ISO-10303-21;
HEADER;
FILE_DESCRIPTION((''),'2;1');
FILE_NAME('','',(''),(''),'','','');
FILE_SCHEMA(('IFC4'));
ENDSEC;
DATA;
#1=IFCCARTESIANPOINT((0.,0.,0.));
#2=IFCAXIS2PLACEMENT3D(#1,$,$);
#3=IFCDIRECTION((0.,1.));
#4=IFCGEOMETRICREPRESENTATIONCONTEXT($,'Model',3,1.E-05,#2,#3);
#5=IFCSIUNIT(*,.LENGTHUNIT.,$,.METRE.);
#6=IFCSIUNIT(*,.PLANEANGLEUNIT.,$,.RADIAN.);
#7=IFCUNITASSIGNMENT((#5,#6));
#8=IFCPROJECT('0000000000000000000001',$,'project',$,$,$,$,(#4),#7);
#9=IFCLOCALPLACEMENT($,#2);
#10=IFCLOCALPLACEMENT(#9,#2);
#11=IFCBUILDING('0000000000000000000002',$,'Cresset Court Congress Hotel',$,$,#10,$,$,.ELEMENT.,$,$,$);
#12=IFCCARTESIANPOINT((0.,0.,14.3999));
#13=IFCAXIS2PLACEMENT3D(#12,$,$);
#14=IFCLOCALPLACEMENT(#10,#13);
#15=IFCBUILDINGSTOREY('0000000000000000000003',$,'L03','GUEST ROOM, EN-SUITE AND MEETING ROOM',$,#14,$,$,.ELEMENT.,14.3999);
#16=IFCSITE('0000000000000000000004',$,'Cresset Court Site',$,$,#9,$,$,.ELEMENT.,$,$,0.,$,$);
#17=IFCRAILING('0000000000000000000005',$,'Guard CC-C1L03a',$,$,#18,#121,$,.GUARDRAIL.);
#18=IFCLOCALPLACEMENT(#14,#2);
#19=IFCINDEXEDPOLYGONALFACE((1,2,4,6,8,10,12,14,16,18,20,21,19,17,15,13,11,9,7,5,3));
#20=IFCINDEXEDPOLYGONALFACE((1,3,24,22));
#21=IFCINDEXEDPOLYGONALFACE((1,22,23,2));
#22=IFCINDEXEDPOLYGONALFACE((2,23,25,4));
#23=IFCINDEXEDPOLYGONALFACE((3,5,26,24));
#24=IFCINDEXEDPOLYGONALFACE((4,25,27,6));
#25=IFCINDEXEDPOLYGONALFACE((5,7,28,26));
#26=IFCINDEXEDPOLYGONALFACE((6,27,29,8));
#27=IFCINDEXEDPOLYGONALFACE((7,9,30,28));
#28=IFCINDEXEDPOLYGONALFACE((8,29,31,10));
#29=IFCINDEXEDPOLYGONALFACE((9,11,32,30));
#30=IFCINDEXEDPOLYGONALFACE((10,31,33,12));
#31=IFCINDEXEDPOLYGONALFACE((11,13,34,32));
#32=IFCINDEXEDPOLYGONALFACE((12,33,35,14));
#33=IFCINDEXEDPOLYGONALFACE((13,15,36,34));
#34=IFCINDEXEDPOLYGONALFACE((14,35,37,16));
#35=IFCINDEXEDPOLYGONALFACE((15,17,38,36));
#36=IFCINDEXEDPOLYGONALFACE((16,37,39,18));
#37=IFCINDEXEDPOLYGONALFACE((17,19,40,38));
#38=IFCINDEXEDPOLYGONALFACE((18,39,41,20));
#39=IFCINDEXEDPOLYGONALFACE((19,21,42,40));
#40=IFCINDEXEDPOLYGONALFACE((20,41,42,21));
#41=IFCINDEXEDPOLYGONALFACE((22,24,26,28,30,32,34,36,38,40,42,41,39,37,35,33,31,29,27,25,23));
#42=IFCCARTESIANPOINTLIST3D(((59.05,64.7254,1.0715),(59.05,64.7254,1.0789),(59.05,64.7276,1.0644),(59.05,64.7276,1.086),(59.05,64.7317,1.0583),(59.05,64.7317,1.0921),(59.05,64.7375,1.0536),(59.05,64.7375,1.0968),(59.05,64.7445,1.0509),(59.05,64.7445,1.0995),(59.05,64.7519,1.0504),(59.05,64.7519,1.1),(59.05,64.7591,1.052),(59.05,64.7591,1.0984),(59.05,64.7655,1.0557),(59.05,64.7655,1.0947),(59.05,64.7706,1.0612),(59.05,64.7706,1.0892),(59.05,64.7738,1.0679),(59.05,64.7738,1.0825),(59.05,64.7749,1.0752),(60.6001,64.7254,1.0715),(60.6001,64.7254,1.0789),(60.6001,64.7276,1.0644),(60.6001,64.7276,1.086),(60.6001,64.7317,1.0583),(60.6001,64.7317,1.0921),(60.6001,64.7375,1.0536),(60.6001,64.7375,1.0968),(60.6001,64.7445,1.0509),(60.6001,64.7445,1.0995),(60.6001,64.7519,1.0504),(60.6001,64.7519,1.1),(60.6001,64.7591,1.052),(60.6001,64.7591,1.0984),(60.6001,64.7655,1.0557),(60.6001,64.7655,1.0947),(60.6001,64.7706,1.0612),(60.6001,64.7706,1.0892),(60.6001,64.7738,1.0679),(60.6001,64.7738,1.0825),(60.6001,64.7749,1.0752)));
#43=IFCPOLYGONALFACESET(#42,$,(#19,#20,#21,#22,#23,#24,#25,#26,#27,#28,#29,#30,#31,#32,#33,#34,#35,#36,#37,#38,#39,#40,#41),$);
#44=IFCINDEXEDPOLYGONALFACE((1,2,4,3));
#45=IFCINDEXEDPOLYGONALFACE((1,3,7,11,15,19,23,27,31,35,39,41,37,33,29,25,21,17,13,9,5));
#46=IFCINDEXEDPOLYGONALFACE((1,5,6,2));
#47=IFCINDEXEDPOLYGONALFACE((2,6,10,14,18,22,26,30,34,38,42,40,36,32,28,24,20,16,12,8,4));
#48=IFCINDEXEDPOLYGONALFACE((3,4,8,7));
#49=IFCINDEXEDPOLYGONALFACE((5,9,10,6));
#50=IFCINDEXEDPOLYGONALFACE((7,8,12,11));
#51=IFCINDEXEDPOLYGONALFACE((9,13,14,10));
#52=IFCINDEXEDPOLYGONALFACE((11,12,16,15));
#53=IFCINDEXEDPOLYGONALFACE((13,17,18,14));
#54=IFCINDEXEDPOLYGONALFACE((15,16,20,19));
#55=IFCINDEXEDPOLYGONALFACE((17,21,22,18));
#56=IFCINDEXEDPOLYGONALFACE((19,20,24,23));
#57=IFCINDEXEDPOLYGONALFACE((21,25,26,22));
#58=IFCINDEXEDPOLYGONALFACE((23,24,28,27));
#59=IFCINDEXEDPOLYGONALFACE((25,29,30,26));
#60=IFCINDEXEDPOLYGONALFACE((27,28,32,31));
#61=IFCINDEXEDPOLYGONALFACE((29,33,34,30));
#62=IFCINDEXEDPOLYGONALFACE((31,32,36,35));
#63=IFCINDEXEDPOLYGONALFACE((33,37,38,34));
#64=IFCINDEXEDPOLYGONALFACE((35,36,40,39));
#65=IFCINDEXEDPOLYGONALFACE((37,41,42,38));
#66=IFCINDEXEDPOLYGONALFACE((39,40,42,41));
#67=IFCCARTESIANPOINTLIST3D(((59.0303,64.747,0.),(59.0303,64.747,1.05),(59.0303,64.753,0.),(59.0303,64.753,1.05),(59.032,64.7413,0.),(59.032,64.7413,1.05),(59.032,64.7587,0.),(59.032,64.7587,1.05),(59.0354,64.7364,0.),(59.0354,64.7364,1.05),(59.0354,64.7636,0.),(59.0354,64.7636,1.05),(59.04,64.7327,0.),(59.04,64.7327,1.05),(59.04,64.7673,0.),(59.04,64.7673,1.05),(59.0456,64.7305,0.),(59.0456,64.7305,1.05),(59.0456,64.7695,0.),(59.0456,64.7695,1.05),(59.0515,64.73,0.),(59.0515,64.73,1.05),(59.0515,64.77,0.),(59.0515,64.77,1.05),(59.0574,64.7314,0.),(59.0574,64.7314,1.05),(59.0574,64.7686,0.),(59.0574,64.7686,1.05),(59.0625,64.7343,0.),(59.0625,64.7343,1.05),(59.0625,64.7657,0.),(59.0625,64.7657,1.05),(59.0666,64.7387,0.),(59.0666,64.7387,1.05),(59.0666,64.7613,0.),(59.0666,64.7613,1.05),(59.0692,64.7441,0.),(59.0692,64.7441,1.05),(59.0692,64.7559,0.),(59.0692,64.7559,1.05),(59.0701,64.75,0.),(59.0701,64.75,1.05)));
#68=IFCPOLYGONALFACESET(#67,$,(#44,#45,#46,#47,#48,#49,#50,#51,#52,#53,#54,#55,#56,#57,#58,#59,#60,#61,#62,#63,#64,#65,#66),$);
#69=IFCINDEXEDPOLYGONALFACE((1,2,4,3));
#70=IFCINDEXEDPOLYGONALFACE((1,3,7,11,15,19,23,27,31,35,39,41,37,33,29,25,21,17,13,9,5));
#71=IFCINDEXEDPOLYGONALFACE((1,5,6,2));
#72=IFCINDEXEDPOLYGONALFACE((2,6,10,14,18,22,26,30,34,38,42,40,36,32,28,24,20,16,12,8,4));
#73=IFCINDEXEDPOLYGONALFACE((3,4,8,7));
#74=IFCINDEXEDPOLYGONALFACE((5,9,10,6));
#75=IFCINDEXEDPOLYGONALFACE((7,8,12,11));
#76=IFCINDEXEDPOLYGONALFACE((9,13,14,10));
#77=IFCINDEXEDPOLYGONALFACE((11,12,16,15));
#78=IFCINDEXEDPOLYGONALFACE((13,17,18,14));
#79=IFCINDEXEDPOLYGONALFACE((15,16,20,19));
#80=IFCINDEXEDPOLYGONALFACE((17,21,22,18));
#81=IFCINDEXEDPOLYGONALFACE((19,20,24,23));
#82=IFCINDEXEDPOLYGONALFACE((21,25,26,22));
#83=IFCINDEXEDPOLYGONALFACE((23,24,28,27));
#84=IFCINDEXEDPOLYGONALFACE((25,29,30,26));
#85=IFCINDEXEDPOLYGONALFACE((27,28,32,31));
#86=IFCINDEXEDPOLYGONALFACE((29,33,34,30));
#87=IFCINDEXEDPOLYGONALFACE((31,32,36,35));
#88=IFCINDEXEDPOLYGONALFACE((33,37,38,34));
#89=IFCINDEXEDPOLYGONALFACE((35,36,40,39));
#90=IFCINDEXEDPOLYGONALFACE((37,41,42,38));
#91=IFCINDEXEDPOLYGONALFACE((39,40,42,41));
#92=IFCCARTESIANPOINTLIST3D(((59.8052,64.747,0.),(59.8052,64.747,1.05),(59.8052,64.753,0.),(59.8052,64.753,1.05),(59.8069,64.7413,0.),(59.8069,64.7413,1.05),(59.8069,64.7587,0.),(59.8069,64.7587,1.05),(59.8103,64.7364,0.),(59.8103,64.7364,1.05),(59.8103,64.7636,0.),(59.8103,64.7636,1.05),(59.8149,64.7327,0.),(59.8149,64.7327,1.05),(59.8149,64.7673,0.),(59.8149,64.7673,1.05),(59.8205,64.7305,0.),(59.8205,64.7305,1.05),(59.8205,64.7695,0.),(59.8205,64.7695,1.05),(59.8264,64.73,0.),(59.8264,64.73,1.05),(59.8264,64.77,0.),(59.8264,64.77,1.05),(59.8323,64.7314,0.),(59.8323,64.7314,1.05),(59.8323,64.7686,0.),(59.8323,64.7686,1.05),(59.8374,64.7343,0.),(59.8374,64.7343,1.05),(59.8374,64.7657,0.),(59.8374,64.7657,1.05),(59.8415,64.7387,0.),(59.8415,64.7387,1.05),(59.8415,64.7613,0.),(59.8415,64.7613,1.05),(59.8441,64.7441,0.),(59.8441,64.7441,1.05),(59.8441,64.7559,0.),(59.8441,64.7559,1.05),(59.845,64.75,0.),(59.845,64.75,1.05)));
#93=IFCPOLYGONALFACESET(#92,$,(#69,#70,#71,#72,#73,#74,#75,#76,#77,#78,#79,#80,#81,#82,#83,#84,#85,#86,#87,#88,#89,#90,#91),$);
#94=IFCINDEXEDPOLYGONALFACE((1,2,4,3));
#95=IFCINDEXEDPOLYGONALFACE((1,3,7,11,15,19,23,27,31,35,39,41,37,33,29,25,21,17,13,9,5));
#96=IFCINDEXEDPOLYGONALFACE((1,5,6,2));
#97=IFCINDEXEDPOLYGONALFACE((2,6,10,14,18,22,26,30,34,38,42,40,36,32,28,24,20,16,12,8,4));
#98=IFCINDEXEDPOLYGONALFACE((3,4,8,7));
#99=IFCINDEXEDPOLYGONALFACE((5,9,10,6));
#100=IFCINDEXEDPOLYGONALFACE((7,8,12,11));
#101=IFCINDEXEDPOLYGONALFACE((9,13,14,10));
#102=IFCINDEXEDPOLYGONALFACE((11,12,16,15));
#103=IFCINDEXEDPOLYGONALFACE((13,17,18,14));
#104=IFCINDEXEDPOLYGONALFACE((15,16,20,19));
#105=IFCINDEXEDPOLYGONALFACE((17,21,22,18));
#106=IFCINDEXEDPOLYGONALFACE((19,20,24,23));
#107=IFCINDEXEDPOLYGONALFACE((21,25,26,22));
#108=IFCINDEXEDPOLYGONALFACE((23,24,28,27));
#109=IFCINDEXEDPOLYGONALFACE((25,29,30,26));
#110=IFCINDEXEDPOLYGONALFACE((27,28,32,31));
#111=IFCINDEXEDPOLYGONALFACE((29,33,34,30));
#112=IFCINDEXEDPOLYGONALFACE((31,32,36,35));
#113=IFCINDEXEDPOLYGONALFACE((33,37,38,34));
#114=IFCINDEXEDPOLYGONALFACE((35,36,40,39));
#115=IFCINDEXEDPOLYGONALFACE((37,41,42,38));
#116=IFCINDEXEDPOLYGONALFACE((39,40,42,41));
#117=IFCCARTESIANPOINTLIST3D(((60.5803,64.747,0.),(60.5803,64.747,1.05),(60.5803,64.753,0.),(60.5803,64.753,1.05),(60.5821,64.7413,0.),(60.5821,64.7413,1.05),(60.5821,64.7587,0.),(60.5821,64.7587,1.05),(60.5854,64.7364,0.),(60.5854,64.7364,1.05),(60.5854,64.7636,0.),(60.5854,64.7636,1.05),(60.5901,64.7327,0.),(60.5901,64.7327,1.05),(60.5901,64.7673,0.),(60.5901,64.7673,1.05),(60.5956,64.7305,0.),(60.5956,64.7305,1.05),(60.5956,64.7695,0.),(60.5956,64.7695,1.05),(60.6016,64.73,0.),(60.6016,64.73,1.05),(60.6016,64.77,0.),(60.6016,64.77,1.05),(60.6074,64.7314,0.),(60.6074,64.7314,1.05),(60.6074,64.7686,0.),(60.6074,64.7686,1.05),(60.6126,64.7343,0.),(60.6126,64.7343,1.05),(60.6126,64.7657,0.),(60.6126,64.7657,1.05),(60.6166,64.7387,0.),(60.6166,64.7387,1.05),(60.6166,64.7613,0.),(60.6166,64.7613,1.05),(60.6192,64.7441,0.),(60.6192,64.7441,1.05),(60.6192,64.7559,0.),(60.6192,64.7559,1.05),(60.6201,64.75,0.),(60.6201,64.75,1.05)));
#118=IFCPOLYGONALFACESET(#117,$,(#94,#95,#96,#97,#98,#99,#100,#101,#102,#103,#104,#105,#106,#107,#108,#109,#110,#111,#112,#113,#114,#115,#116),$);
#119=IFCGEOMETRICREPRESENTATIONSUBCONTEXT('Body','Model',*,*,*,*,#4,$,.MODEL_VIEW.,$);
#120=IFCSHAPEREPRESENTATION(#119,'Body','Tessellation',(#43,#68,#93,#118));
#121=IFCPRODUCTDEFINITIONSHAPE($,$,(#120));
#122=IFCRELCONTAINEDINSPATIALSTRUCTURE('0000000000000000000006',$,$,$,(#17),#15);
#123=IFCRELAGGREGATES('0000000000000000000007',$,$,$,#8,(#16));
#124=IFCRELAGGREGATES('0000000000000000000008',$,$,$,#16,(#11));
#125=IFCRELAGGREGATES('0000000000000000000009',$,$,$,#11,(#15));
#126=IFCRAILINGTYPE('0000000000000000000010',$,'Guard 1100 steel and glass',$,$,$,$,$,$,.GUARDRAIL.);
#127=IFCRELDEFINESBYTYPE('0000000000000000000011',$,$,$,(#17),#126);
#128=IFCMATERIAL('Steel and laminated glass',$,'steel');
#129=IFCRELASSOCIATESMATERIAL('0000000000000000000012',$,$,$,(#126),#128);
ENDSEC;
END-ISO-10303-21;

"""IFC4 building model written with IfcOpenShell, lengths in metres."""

from ifc_helpers import new_model, si_unit, direction, frame, origin, origin_2d, place, context, subcontext, project, spatial, circle, extrude, material, type_object, element, save


model = new_model("IFC4")

# Units and contexts
model_context = context("Model", 3, precision=1e-05, world=origin(), true_north=direction((0.0, 1.0)))
body_context = subcontext(model_context, "Body", "Model", "MODEL_VIEW")
ifc_project = project(units=[si_unit("LENGTHUNIT", "METRE"), si_unit("PLANEANGLEUNIT", "RADIAN")], contexts=[model_context])

# Site, building, storey
site_placement = place(None, origin())
site = spatial("IfcSite", under=ifc_project, at=site_placement, Name="Cresset Court Site", CompositionType="ELEMENT", RefElevation=0.0)
building_placement = place(site_placement, origin())
building = spatial("IfcBuilding", under=site, at=building_placement, Name="Cresset Court Congress Hotel", CompositionType="ELEMENT")
storey_placement = place(building_placement, frame((0.0, 0.0, 14.3999)))
storey = spatial("IfcBuildingStorey", under=building, at=storey_placement, Name="L03", Description="GUEST ROOM, EN-SUITE AND MEETING ROOM", CompositionType="ELEMENT", Elevation=14.3999)

# Railing
ifc_material_1 = material(Name="Steel and laminated glass", Category="steel")
railing_type = type_object("IfcRailingType", Name="Guard 1100 steel and glass", PredefinedType="GUARDRAIL", material=ifc_material_1)
railing_1_placement = place(storey_placement, frame((59.05, 64.75, 0.0)))
element("IfcRailing", 1, at=railing_1_placement, inside=storey, type_object=railing_type, Name="Guard CC-C1L03a", PredefinedType="GUARDRAIL", context=body_context, shape_type="SweptSolid", body=[
    extrude(circle(Radius=0.0249, at=origin_2d()), frame((0.0, 0.0, 1.0752), z_axis=(1.0, 0.0, 0.0), x_axis=(0.0, 1.0, 0.0)), (0.0, 0.0, 1.0), 1.55),
    extrude(circle(Radius=0.02, at=origin_2d()), origin(), (0.0, 0.0, 1.0), 1.05),
    extrude(circle(Radius=0.02, at=origin_2d()), frame((0.7749, 0.0, 0.0)), (0.0, 0.0, 1.0), 1.05),
    extrude(circle(Radius=0.02, at=origin_2d()), frame((1.55, 0.0, 0.0)), (0.0, 0.0, 1.0), 1.05),
])

save(model, "model.ifc")
